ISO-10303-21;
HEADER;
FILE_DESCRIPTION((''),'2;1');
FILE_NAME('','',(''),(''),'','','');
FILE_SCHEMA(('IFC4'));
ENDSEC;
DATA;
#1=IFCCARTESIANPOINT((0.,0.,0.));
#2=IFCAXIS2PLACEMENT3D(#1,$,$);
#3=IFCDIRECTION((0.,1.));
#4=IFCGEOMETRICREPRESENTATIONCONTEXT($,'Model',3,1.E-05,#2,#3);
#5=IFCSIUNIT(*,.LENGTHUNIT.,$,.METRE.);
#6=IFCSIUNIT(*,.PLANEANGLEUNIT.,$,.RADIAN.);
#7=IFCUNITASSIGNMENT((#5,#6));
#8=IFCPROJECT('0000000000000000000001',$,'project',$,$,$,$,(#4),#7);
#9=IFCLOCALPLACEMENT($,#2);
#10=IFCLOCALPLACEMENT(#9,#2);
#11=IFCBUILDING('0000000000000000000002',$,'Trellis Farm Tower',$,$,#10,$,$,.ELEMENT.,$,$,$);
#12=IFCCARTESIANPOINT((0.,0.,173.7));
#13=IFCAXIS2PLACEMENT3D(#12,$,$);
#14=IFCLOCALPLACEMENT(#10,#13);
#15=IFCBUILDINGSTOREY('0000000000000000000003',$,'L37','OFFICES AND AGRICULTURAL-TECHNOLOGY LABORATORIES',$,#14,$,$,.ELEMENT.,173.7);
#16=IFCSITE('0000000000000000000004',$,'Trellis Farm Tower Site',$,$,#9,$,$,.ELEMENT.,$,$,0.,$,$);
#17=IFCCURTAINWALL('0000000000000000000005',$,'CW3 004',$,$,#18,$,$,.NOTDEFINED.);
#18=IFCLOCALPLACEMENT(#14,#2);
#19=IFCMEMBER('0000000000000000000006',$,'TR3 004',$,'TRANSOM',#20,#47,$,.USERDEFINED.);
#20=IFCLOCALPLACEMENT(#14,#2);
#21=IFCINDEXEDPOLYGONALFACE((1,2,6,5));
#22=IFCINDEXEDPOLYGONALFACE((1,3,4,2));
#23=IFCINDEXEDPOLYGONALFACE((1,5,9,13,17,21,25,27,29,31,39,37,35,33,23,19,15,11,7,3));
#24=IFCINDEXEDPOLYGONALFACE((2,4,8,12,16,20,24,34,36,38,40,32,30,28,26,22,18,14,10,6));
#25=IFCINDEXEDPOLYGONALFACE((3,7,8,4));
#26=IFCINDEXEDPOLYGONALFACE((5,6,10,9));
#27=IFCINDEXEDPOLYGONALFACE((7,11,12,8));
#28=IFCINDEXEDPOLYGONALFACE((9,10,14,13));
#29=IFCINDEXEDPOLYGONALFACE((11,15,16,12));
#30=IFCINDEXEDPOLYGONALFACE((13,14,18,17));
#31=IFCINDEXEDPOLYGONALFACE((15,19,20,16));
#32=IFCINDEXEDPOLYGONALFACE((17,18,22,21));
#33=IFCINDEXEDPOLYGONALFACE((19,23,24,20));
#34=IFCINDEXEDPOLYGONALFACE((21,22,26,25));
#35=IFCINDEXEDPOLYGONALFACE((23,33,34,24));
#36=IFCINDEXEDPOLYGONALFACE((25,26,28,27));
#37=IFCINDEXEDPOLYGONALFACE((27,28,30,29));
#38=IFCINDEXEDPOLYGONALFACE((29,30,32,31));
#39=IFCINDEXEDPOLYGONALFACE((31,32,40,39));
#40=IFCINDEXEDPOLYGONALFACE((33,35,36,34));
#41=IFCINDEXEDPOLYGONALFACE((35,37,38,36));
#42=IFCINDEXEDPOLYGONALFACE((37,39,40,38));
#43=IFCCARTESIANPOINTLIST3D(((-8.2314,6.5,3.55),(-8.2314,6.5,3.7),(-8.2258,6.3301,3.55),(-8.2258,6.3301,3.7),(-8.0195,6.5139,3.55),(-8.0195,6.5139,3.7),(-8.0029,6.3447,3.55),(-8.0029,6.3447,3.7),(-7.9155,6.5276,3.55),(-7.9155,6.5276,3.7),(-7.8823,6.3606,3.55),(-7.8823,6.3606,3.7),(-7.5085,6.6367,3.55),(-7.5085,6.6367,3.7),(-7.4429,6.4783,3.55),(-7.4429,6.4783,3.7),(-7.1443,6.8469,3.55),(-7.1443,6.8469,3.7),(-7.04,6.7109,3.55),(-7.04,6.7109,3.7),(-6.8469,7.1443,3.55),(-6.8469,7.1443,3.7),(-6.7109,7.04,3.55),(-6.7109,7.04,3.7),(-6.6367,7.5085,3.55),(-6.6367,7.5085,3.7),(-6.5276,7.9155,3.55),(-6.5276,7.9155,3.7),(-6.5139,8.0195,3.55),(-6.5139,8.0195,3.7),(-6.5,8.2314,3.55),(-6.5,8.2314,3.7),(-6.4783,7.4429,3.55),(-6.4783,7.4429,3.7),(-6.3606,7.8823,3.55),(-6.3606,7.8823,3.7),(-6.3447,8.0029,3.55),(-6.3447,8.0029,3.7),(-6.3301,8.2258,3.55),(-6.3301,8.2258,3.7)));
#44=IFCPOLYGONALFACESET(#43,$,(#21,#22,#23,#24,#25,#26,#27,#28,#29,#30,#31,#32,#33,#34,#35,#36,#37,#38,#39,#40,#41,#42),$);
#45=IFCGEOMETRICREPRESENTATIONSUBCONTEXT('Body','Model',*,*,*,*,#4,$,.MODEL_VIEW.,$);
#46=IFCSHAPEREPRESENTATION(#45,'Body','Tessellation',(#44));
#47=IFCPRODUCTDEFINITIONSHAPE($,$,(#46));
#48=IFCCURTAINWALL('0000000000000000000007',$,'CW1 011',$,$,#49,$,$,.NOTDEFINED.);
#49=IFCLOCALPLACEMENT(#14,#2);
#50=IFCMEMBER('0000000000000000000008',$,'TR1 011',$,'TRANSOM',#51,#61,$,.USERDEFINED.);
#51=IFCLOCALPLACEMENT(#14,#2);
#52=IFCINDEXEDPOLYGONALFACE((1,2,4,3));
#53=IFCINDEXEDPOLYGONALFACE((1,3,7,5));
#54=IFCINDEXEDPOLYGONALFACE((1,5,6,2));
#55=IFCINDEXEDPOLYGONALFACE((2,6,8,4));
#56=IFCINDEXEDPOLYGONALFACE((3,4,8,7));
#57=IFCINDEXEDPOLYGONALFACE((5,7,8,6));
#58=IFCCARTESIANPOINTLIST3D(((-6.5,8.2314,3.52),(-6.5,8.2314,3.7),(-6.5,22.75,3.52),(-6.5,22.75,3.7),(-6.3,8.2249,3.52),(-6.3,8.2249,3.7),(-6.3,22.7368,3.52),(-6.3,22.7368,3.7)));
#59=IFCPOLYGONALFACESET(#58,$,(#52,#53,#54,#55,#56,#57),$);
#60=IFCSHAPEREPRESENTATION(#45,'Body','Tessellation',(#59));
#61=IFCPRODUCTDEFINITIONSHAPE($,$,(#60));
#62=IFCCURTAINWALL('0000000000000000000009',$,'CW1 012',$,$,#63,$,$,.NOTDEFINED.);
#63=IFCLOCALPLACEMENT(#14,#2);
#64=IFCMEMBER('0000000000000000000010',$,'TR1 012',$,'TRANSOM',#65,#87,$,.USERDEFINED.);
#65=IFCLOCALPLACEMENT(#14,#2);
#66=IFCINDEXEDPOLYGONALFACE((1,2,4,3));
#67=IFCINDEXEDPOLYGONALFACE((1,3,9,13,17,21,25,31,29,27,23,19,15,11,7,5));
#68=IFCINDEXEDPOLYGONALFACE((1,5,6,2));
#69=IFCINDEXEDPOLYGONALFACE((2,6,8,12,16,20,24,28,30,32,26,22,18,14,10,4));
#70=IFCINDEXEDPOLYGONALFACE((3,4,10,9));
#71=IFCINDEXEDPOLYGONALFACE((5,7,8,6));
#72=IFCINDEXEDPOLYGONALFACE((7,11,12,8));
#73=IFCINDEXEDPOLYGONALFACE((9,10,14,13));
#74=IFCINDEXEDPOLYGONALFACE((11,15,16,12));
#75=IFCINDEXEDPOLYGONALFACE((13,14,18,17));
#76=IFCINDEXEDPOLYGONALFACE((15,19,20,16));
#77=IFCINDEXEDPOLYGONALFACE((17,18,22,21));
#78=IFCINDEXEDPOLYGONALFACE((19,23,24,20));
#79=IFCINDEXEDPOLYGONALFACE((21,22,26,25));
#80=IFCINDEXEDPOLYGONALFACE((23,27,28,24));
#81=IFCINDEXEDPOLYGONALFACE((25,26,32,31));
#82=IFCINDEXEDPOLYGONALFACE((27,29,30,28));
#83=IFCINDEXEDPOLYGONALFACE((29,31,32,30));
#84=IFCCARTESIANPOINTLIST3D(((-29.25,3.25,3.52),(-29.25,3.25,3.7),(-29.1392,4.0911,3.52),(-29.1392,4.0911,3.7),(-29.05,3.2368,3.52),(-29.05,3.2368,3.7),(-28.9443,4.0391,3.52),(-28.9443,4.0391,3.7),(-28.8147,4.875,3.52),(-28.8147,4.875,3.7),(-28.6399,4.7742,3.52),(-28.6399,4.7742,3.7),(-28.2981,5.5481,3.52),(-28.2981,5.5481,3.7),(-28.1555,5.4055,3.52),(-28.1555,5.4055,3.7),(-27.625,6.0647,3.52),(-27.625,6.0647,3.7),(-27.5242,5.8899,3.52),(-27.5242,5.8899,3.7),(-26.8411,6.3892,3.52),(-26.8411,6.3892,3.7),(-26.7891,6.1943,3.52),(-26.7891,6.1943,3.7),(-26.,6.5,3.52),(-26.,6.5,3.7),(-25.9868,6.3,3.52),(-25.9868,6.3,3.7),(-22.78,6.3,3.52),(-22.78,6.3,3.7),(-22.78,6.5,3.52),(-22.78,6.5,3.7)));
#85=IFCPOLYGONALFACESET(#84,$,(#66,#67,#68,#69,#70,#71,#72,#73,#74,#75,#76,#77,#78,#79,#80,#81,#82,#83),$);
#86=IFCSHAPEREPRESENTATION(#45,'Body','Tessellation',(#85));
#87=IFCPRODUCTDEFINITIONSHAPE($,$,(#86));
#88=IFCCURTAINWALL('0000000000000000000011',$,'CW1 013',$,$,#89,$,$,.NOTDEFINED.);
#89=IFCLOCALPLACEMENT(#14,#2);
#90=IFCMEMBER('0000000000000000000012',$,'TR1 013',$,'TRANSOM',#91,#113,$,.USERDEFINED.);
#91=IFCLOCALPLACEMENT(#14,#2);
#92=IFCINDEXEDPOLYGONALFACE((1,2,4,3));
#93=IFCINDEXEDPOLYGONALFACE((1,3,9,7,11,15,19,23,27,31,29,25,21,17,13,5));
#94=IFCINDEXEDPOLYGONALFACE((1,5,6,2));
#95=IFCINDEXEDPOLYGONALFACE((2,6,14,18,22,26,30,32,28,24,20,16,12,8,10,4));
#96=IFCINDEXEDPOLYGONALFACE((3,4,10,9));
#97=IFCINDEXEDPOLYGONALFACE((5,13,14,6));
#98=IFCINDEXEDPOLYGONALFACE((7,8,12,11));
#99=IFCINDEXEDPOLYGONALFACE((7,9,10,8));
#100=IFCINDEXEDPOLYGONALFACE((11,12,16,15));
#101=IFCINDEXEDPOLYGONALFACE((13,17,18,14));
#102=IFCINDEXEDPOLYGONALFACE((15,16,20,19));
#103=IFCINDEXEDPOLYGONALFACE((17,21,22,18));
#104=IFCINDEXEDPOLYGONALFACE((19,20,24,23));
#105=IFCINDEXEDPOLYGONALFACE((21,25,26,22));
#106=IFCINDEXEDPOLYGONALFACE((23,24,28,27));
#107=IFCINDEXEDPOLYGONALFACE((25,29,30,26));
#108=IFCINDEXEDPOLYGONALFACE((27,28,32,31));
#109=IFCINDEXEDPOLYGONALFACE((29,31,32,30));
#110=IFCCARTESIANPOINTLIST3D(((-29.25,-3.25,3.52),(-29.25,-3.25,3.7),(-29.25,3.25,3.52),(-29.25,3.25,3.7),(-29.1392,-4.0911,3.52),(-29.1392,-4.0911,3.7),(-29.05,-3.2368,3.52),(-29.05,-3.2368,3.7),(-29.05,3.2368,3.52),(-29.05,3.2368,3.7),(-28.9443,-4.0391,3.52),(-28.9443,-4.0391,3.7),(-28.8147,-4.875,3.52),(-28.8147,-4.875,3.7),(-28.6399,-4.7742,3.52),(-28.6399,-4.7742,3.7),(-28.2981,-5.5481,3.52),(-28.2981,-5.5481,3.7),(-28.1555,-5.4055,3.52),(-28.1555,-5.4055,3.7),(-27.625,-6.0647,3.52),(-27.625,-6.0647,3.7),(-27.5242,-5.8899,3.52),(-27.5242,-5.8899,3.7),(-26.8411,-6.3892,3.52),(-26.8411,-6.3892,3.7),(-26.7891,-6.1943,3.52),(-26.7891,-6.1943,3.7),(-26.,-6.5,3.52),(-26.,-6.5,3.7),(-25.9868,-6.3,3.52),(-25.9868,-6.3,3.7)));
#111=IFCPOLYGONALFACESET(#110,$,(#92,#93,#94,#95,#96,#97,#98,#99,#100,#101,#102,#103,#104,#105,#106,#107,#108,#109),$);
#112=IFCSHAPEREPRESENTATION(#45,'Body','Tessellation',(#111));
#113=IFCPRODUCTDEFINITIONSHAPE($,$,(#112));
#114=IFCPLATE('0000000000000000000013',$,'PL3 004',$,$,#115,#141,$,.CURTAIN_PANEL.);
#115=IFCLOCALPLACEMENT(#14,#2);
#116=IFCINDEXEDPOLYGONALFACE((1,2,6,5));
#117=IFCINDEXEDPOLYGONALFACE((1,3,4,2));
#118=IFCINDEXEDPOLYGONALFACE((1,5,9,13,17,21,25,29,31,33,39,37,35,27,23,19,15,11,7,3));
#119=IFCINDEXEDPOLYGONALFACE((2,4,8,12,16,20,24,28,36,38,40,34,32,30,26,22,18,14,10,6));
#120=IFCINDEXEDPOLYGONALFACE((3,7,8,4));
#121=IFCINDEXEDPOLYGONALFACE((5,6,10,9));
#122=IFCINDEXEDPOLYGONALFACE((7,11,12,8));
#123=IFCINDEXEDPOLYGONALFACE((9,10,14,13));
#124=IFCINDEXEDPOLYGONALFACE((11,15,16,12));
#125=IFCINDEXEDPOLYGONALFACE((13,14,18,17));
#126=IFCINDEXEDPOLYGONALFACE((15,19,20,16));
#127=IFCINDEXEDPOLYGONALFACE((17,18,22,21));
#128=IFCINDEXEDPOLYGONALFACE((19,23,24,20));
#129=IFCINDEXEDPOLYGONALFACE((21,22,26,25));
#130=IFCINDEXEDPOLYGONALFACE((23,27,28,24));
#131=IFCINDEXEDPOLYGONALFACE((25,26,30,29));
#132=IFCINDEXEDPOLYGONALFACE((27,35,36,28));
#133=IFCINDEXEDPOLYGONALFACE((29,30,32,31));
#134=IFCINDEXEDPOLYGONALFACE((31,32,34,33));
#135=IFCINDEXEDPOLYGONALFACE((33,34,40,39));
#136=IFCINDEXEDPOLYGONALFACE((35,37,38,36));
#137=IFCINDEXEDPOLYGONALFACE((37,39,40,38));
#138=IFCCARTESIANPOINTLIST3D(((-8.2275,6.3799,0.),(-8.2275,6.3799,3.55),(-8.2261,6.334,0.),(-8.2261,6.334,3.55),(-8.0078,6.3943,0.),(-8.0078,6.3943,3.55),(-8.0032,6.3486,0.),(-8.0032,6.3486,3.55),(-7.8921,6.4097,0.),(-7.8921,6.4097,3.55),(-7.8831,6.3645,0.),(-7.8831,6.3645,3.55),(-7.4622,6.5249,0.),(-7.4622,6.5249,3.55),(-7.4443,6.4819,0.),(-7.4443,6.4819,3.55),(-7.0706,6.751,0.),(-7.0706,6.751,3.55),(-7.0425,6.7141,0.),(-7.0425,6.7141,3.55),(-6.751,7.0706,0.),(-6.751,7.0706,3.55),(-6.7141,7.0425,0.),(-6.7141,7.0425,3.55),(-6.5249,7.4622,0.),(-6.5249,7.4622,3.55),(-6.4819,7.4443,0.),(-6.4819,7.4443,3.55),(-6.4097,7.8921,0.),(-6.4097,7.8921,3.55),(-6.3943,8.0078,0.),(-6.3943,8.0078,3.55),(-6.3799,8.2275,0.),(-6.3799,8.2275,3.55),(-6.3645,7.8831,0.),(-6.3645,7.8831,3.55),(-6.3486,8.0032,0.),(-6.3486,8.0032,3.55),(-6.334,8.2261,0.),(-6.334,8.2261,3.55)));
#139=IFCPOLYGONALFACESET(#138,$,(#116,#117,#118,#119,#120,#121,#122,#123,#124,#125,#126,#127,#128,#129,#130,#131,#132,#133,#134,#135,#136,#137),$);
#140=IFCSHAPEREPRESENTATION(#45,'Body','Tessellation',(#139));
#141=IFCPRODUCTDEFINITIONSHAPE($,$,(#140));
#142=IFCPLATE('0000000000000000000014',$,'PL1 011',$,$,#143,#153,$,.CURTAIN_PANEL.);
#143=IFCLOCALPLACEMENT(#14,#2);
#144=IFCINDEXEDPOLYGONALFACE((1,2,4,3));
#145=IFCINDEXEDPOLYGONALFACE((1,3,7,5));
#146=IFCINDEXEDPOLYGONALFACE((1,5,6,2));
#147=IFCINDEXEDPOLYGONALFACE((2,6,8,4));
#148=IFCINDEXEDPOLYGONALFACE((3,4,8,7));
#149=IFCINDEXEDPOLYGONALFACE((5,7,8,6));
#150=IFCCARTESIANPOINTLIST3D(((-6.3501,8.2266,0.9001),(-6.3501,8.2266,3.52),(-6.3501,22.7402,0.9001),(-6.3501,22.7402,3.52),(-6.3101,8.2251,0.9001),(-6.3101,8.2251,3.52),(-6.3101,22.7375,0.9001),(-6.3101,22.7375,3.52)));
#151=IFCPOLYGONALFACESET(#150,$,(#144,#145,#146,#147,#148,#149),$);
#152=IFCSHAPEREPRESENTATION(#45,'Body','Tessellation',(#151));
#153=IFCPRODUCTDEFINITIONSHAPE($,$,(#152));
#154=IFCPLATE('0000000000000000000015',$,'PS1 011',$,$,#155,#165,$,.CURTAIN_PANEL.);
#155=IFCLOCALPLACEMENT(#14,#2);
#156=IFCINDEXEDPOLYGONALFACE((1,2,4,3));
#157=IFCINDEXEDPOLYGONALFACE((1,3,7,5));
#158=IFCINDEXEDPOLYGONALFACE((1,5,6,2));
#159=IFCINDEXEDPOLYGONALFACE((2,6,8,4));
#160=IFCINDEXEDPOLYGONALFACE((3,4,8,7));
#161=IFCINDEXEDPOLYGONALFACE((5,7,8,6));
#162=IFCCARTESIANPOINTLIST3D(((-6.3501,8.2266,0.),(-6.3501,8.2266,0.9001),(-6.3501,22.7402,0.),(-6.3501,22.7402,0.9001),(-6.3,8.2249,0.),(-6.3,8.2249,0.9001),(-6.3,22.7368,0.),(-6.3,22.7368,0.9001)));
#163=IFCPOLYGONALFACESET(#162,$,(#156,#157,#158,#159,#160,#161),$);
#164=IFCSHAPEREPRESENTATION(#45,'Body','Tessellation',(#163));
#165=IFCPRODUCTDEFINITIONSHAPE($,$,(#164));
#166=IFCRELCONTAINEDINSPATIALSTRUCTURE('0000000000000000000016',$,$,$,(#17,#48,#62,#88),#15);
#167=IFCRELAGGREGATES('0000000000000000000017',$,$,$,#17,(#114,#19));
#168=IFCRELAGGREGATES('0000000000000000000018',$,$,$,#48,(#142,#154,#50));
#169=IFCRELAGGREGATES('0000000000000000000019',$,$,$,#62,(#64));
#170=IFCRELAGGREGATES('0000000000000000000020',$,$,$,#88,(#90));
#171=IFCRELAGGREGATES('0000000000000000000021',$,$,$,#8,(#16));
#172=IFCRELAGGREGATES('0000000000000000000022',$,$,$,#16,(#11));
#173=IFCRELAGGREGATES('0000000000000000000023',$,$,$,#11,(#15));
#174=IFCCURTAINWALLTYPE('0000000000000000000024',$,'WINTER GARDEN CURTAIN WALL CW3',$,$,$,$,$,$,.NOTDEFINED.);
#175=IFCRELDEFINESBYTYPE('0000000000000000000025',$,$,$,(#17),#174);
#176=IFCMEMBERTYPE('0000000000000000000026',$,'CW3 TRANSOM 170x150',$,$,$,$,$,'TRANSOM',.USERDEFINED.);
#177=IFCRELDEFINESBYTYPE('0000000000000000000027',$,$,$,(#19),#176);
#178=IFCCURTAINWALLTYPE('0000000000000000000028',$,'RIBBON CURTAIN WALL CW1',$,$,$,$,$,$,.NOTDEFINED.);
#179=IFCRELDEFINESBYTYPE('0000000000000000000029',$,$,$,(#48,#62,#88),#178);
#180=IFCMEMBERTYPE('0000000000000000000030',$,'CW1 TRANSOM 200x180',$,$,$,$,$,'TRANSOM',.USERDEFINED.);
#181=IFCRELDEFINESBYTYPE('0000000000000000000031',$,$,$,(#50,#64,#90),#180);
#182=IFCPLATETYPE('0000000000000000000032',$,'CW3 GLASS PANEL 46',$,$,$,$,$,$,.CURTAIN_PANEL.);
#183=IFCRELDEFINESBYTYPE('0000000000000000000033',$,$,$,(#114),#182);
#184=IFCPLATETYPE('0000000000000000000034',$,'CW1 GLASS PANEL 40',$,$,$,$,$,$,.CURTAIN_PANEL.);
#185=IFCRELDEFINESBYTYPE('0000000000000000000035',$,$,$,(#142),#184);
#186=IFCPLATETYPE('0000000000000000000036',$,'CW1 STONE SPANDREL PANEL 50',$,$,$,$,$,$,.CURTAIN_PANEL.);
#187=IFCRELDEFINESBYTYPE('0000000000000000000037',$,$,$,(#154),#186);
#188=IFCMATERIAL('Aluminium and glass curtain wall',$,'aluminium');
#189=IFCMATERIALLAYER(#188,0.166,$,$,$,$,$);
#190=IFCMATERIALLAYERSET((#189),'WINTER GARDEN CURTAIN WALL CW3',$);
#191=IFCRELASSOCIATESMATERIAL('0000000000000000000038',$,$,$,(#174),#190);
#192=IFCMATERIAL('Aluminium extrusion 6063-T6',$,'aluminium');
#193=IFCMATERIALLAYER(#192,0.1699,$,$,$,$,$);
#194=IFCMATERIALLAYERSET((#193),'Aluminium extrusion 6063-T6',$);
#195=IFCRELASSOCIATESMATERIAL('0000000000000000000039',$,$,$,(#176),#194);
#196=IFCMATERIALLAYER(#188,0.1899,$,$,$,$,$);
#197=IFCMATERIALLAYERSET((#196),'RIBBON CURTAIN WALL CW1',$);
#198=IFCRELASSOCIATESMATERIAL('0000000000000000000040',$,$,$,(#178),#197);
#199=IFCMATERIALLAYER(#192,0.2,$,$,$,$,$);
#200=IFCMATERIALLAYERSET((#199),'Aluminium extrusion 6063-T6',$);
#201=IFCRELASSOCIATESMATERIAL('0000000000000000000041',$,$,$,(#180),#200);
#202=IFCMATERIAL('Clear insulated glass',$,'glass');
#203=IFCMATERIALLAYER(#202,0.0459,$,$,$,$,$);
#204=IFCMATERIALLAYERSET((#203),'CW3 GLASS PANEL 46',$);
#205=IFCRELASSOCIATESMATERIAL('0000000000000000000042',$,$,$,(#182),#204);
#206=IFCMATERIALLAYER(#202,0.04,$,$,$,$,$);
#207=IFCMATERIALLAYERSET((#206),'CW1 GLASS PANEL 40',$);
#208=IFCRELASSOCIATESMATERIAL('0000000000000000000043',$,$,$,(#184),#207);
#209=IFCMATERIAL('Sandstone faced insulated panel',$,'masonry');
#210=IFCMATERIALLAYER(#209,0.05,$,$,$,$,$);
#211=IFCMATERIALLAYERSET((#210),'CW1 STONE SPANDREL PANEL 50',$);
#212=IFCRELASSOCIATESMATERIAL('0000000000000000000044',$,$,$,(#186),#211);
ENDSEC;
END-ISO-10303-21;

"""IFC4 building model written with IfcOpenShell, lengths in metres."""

from ifc_helpers import new_model, si_unit, direction, frame, origin, place, context, subcontext, project, spatial, polyline, outline, extrude, source, transform, mapped, material, layer, layer_set, type_object, element, aggregate, save


model = new_model("IFC4")

# Units and contexts
model_context = context("Model", 3, precision=1e-05, world=origin(), true_north=direction((0.0, 1.0)))
body_context = subcontext(model_context, "Body", "Model", "MODEL_VIEW")
ifc_project = project(units=[si_unit("LENGTHUNIT", "METRE"), si_unit("PLANEANGLEUNIT", "RADIAN")], contexts=[model_context])

# Site, building, storey
site_placement = place(None, origin())
site = spatial("IfcSite", under=ifc_project, at=site_placement, Name="Trellis Farm Tower Site", CompositionType="ELEMENT", RefElevation=0.0)
building_placement = place(site_placement, origin())
building = spatial("IfcBuilding", under=site, at=building_placement, Name="Trellis Farm Tower", CompositionType="ELEMENT")
storey_placement = place(building_placement, frame((0.0, 0.0, 173.7)))
storey = spatial("IfcBuildingStorey", under=building, at=storey_placement, Name="L37", Description="OFFICES AND AGRICULTURAL-TECHNOLOGY LABORATORIES", CompositionType="ELEMENT", Elevation=173.7)

# Curtain walls, members
ifc_material_1 = material(Name="Aluminium and glass curtain wall", Category="aluminium")
ifc_layer_1 = layer(ifc_material_1, 0.166)
ifc_layer_set_1 = layer_set([ifc_layer_1], Name="WINTER GARDEN CURTAIN WALL CW3")
curtain_wall_type_1 = type_object("IfcCurtainWallType", Name="WINTER GARDEN CURTAIN WALL CW3", PredefinedType="NOTDEFINED", material=ifc_layer_set_1)
placement_1 = place(storey_placement, origin())
curtain_wall_1 = element("IfcCurtainWall", 1, at=placement_1, inside=storey, type_object=curtain_wall_type_1, Name="CW3 004", PredefinedType="NOTDEFINED")
ifc_material_2 = material(Name="Aluminium extrusion 6063-T6", Category="aluminium")
ifc_layer_2 = layer(ifc_material_2, 0.1699)
ifc_layer_set_2 = layer_set([ifc_layer_2], Name="Aluminium extrusion 6063-T6")
member_type_1 = type_object("IfcMemberType", Name="CW3 TRANSOM 170x150", ElementType="TRANSOM", PredefinedType="USERDEFINED", material=ifc_layer_set_2)
shared_shape_1 = source(origin(), body_context, "Body", "SweptSolid", [
    extrude(outline(polyline([(-6.5, 8.2314), (-6.5139, 8.0195), (-6.5276, 7.9155), (-6.6367, 7.5085), (-6.8469, 7.1443), (-7.1443, 6.8469), (-7.5085, 6.6367), (-7.9155, 6.5276), (-8.0195, 6.5139), (-8.2314, 6.5), (-8.2258, 6.3301), (-8.0029, 6.3447), (-7.8823, 6.3606), (-7.4429, 6.4783), (-7.04, 6.7109), (-6.7109, 7.04), (-6.4783, 7.4429), (-6.3606, 7.8823), (-6.3447, 8.0029), (-6.3301, 8.2258), (-6.5, 8.2314)])), origin(), (0.0, 0.0, 1.0), 0.1499),
])
member_1_placement = place(storey_placement, frame((0.0, 0.0, 3.55)))
member_1 = element("IfcMember", 2, at=member_1_placement, type_object=member_type_1, Name="TR3 004", ObjectType="TRANSOM", PredefinedType="USERDEFINED", context=body_context, shape_type="MappedRepresentation", body=[
    mapped(shared_shape_1, transform((0.0, 0.0, 0.0))),
])
ifc_layer_3 = layer(ifc_material_1, 0.1899)
ifc_layer_set_3 = layer_set([ifc_layer_3], Name="RIBBON CURTAIN WALL CW1")
curtain_wall_type_2 = type_object("IfcCurtainWallType", Name="RIBBON CURTAIN WALL CW1", PredefinedType="NOTDEFINED", material=ifc_layer_set_3)
curtain_wall_2 = element("IfcCurtainWall", 3, at=placement_1, inside=storey, type_object=curtain_wall_type_2, Name="CW1 011", PredefinedType="NOTDEFINED")
ifc_layer_4 = layer(ifc_material_2, 0.2)
ifc_layer_set_4 = layer_set([ifc_layer_4], Name="Aluminium extrusion 6063-T6")
member_type_2 = type_object("IfcMemberType", Name="CW1 TRANSOM 200x180", ElementType="TRANSOM", PredefinedType="USERDEFINED", material=ifc_layer_set_4)
shared_shape_2 = source(origin(), body_context, "Body", "SweptSolid", [
    extrude(outline(polyline([(-6.5, 22.75), (-6.5, 8.2314), (-6.3, 8.2249), (-6.3, 22.7368), (-6.5, 22.75)])), origin(), (0.0, 0.0, 1.0), 0.1799),
])
placement_2 = place(storey_placement, frame((0.0, 0.0, 3.52)))
member_2 = element("IfcMember", 4, at=placement_2, type_object=member_type_2, Name="TR1 011", ObjectType="TRANSOM", PredefinedType="USERDEFINED", context=body_context, shape_type="MappedRepresentation", body=[
    mapped(shared_shape_2, transform((0.0, 0.0, 0.0))),
])
curtain_wall_3 = element("IfcCurtainWall", 5, at=placement_1, inside=storey, type_object=curtain_wall_type_2, Name="CW1 012", PredefinedType="NOTDEFINED")
shared_shape_3 = source(origin(), body_context, "Body", "SweptSolid", [
    extrude(outline(polyline([(-22.78, 6.5), (-26.0, 6.5), (-26.8411, 6.3892), (-27.625, 6.0647), (-28.2981, 5.5481), (-28.8147, 4.875), (-29.1392, 4.0911), (-29.25, 3.25), (-29.05, 3.2368), (-28.9443, 4.0391), (-28.6399, 4.7742), (-28.1555, 5.4055), (-27.5242, 5.8899), (-26.7891, 6.1943), (-25.9868, 6.3), (-22.78, 6.3), (-22.78, 6.5)])), origin(), (0.0, 0.0, 1.0), 0.1799),
])
member_3 = element("IfcMember", 6, at=placement_2, type_object=member_type_2, Name="TR1 012", ObjectType="TRANSOM", PredefinedType="USERDEFINED", context=body_context, shape_type="MappedRepresentation", body=[
    mapped(shared_shape_3, transform((0.0, 0.0, 0.0))),
])
curtain_wall_4 = element("IfcCurtainWall", 7, at=placement_1, inside=storey, type_object=curtain_wall_type_2, Name="CW1 013", PredefinedType="NOTDEFINED")
shared_shape_4 = source(origin(), body_context, "Body", "SweptSolid", [
    extrude(outline(polyline([(-29.25, 3.25), (-29.25, -3.25), (-29.1392, -4.0911), (-28.8147, -4.875), (-28.2981, -5.5481), (-27.625, -6.0647), (-26.8411, -6.3892), (-26.0, -6.5), (-25.9868, -6.3), (-26.7891, -6.1943), (-27.5242, -5.8899), (-28.1555, -5.4055), (-28.6399, -4.7742), (-28.9443, -4.0391), (-29.05, -3.2368), (-29.05, 3.2368), (-29.25, 3.25)])), origin(), (0.0, 0.0, 1.0), 0.1799),
])
member_4 = element("IfcMember", 8, at=placement_2, type_object=member_type_2, Name="TR1 013", ObjectType="TRANSOM", PredefinedType="USERDEFINED", context=body_context, shape_type="MappedRepresentation", body=[
    mapped(shared_shape_4, transform((0.0, 0.0, 0.0))),
])

# Plates
ifc_material_3 = material(Name="Clear insulated glass", Category="glass")
ifc_layer_5 = layer(ifc_material_3, 0.0459)
ifc_layer_set_5 = layer_set([ifc_layer_5], Name="CW3 GLASS PANEL 46")
plate_type_1 = type_object("IfcPlateType", Name="CW3 GLASS PANEL 46", PredefinedType="CURTAIN_PANEL", material=ifc_layer_set_5)
shared_shape_5 = source(origin(), body_context, "Body", "SweptSolid", [
    extrude(outline(polyline([(-6.3799, 8.2275), (-6.3943, 8.0078), (-6.4097, 7.8921), (-6.5249, 7.4622), (-6.751, 7.0706), (-7.0706, 6.751), (-7.4622, 6.5249), (-7.8921, 6.4097), (-8.0078, 6.3943), (-8.2275, 6.3799), (-8.2261, 6.334), (-8.0032, 6.3486), (-7.8831, 6.3645), (-7.4443, 6.4819), (-7.0425, 6.7141), (-6.7141, 7.0425), (-6.4819, 7.4443), (-6.3645, 7.8831), (-6.3486, 8.0032), (-6.334, 8.2261), (-6.3799, 8.2275)])), origin(), (0.0, 0.0, 1.0), 3.55),
])
plate_1 = element("IfcPlate", 9, at=placement_1, type_object=plate_type_1, Name="PL3 004", PredefinedType="CURTAIN_PANEL", context=body_context, shape_type="MappedRepresentation", body=[
    mapped(shared_shape_5, transform((0.0, 0.0, 0.0))),
])
aggregate(curtain_wall_1, [plate_1, member_1])
ifc_layer_6 = layer(ifc_material_3, 0.04)
ifc_layer_set_6 = layer_set([ifc_layer_6], Name="CW1 GLASS PANEL 40")
plate_type_2 = type_object("IfcPlateType", Name="CW1 GLASS PANEL 40", PredefinedType="CURTAIN_PANEL", material=ifc_layer_set_6)
shared_shape_6 = source(origin(), body_context, "Body", "SweptSolid", [
    extrude(outline(polyline([(-6.3501, 22.7402), (-6.3501, 8.2266), (-6.3101, 8.2251), (-6.3101, 22.7375), (-6.3501, 22.7402)])), origin(), (0.0, 0.0, 1.0), 2.6199),
])
placement_3 = place(storey_placement, frame((0.0, 0.0, 0.9001)))
plate_2 = element("IfcPlate", 10, at=placement_3, type_object=plate_type_2, Name="PL1 011", PredefinedType="CURTAIN_PANEL", context=body_context, shape_type="MappedRepresentation", body=[
    mapped(shared_shape_6, transform((0.0, 0.0, 0.0))),
])
ifc_material_4 = material(Name="Sandstone faced insulated panel", Category="masonry")
ifc_layer_7 = layer(ifc_material_4, 0.05)
ifc_layer_set_7 = layer_set([ifc_layer_7], Name="CW1 STONE SPANDREL PANEL 50")
plate_type_3 = type_object("IfcPlateType", Name="CW1 STONE SPANDREL PANEL 50", PredefinedType="CURTAIN_PANEL", material=ifc_layer_set_7)
shared_shape_7 = source(origin(), body_context, "Body", "SweptSolid", [
    extrude(outline(polyline([(-6.3501, 22.7402), (-6.3501, 8.2266), (-6.3, 8.2249), (-6.3, 22.7368), (-6.3501, 22.7402)])), origin(), (0.0, 0.0, 1.0), 0.9001),
])
plate_3 = element("IfcPlate", 11, at=placement_1, type_object=plate_type_3, Name="PS1 011", PredefinedType="CURTAIN_PANEL", context=body_context, shape_type="MappedRepresentation", body=[
    mapped(shared_shape_7, transform((0.0, 0.0, 0.0))),
])
aggregate(curtain_wall_2, [plate_2, plate_3, member_2])
aggregate(curtain_wall_3, [member_3])
aggregate(curtain_wall_4, [member_4])

save(model, "model.ifc")
